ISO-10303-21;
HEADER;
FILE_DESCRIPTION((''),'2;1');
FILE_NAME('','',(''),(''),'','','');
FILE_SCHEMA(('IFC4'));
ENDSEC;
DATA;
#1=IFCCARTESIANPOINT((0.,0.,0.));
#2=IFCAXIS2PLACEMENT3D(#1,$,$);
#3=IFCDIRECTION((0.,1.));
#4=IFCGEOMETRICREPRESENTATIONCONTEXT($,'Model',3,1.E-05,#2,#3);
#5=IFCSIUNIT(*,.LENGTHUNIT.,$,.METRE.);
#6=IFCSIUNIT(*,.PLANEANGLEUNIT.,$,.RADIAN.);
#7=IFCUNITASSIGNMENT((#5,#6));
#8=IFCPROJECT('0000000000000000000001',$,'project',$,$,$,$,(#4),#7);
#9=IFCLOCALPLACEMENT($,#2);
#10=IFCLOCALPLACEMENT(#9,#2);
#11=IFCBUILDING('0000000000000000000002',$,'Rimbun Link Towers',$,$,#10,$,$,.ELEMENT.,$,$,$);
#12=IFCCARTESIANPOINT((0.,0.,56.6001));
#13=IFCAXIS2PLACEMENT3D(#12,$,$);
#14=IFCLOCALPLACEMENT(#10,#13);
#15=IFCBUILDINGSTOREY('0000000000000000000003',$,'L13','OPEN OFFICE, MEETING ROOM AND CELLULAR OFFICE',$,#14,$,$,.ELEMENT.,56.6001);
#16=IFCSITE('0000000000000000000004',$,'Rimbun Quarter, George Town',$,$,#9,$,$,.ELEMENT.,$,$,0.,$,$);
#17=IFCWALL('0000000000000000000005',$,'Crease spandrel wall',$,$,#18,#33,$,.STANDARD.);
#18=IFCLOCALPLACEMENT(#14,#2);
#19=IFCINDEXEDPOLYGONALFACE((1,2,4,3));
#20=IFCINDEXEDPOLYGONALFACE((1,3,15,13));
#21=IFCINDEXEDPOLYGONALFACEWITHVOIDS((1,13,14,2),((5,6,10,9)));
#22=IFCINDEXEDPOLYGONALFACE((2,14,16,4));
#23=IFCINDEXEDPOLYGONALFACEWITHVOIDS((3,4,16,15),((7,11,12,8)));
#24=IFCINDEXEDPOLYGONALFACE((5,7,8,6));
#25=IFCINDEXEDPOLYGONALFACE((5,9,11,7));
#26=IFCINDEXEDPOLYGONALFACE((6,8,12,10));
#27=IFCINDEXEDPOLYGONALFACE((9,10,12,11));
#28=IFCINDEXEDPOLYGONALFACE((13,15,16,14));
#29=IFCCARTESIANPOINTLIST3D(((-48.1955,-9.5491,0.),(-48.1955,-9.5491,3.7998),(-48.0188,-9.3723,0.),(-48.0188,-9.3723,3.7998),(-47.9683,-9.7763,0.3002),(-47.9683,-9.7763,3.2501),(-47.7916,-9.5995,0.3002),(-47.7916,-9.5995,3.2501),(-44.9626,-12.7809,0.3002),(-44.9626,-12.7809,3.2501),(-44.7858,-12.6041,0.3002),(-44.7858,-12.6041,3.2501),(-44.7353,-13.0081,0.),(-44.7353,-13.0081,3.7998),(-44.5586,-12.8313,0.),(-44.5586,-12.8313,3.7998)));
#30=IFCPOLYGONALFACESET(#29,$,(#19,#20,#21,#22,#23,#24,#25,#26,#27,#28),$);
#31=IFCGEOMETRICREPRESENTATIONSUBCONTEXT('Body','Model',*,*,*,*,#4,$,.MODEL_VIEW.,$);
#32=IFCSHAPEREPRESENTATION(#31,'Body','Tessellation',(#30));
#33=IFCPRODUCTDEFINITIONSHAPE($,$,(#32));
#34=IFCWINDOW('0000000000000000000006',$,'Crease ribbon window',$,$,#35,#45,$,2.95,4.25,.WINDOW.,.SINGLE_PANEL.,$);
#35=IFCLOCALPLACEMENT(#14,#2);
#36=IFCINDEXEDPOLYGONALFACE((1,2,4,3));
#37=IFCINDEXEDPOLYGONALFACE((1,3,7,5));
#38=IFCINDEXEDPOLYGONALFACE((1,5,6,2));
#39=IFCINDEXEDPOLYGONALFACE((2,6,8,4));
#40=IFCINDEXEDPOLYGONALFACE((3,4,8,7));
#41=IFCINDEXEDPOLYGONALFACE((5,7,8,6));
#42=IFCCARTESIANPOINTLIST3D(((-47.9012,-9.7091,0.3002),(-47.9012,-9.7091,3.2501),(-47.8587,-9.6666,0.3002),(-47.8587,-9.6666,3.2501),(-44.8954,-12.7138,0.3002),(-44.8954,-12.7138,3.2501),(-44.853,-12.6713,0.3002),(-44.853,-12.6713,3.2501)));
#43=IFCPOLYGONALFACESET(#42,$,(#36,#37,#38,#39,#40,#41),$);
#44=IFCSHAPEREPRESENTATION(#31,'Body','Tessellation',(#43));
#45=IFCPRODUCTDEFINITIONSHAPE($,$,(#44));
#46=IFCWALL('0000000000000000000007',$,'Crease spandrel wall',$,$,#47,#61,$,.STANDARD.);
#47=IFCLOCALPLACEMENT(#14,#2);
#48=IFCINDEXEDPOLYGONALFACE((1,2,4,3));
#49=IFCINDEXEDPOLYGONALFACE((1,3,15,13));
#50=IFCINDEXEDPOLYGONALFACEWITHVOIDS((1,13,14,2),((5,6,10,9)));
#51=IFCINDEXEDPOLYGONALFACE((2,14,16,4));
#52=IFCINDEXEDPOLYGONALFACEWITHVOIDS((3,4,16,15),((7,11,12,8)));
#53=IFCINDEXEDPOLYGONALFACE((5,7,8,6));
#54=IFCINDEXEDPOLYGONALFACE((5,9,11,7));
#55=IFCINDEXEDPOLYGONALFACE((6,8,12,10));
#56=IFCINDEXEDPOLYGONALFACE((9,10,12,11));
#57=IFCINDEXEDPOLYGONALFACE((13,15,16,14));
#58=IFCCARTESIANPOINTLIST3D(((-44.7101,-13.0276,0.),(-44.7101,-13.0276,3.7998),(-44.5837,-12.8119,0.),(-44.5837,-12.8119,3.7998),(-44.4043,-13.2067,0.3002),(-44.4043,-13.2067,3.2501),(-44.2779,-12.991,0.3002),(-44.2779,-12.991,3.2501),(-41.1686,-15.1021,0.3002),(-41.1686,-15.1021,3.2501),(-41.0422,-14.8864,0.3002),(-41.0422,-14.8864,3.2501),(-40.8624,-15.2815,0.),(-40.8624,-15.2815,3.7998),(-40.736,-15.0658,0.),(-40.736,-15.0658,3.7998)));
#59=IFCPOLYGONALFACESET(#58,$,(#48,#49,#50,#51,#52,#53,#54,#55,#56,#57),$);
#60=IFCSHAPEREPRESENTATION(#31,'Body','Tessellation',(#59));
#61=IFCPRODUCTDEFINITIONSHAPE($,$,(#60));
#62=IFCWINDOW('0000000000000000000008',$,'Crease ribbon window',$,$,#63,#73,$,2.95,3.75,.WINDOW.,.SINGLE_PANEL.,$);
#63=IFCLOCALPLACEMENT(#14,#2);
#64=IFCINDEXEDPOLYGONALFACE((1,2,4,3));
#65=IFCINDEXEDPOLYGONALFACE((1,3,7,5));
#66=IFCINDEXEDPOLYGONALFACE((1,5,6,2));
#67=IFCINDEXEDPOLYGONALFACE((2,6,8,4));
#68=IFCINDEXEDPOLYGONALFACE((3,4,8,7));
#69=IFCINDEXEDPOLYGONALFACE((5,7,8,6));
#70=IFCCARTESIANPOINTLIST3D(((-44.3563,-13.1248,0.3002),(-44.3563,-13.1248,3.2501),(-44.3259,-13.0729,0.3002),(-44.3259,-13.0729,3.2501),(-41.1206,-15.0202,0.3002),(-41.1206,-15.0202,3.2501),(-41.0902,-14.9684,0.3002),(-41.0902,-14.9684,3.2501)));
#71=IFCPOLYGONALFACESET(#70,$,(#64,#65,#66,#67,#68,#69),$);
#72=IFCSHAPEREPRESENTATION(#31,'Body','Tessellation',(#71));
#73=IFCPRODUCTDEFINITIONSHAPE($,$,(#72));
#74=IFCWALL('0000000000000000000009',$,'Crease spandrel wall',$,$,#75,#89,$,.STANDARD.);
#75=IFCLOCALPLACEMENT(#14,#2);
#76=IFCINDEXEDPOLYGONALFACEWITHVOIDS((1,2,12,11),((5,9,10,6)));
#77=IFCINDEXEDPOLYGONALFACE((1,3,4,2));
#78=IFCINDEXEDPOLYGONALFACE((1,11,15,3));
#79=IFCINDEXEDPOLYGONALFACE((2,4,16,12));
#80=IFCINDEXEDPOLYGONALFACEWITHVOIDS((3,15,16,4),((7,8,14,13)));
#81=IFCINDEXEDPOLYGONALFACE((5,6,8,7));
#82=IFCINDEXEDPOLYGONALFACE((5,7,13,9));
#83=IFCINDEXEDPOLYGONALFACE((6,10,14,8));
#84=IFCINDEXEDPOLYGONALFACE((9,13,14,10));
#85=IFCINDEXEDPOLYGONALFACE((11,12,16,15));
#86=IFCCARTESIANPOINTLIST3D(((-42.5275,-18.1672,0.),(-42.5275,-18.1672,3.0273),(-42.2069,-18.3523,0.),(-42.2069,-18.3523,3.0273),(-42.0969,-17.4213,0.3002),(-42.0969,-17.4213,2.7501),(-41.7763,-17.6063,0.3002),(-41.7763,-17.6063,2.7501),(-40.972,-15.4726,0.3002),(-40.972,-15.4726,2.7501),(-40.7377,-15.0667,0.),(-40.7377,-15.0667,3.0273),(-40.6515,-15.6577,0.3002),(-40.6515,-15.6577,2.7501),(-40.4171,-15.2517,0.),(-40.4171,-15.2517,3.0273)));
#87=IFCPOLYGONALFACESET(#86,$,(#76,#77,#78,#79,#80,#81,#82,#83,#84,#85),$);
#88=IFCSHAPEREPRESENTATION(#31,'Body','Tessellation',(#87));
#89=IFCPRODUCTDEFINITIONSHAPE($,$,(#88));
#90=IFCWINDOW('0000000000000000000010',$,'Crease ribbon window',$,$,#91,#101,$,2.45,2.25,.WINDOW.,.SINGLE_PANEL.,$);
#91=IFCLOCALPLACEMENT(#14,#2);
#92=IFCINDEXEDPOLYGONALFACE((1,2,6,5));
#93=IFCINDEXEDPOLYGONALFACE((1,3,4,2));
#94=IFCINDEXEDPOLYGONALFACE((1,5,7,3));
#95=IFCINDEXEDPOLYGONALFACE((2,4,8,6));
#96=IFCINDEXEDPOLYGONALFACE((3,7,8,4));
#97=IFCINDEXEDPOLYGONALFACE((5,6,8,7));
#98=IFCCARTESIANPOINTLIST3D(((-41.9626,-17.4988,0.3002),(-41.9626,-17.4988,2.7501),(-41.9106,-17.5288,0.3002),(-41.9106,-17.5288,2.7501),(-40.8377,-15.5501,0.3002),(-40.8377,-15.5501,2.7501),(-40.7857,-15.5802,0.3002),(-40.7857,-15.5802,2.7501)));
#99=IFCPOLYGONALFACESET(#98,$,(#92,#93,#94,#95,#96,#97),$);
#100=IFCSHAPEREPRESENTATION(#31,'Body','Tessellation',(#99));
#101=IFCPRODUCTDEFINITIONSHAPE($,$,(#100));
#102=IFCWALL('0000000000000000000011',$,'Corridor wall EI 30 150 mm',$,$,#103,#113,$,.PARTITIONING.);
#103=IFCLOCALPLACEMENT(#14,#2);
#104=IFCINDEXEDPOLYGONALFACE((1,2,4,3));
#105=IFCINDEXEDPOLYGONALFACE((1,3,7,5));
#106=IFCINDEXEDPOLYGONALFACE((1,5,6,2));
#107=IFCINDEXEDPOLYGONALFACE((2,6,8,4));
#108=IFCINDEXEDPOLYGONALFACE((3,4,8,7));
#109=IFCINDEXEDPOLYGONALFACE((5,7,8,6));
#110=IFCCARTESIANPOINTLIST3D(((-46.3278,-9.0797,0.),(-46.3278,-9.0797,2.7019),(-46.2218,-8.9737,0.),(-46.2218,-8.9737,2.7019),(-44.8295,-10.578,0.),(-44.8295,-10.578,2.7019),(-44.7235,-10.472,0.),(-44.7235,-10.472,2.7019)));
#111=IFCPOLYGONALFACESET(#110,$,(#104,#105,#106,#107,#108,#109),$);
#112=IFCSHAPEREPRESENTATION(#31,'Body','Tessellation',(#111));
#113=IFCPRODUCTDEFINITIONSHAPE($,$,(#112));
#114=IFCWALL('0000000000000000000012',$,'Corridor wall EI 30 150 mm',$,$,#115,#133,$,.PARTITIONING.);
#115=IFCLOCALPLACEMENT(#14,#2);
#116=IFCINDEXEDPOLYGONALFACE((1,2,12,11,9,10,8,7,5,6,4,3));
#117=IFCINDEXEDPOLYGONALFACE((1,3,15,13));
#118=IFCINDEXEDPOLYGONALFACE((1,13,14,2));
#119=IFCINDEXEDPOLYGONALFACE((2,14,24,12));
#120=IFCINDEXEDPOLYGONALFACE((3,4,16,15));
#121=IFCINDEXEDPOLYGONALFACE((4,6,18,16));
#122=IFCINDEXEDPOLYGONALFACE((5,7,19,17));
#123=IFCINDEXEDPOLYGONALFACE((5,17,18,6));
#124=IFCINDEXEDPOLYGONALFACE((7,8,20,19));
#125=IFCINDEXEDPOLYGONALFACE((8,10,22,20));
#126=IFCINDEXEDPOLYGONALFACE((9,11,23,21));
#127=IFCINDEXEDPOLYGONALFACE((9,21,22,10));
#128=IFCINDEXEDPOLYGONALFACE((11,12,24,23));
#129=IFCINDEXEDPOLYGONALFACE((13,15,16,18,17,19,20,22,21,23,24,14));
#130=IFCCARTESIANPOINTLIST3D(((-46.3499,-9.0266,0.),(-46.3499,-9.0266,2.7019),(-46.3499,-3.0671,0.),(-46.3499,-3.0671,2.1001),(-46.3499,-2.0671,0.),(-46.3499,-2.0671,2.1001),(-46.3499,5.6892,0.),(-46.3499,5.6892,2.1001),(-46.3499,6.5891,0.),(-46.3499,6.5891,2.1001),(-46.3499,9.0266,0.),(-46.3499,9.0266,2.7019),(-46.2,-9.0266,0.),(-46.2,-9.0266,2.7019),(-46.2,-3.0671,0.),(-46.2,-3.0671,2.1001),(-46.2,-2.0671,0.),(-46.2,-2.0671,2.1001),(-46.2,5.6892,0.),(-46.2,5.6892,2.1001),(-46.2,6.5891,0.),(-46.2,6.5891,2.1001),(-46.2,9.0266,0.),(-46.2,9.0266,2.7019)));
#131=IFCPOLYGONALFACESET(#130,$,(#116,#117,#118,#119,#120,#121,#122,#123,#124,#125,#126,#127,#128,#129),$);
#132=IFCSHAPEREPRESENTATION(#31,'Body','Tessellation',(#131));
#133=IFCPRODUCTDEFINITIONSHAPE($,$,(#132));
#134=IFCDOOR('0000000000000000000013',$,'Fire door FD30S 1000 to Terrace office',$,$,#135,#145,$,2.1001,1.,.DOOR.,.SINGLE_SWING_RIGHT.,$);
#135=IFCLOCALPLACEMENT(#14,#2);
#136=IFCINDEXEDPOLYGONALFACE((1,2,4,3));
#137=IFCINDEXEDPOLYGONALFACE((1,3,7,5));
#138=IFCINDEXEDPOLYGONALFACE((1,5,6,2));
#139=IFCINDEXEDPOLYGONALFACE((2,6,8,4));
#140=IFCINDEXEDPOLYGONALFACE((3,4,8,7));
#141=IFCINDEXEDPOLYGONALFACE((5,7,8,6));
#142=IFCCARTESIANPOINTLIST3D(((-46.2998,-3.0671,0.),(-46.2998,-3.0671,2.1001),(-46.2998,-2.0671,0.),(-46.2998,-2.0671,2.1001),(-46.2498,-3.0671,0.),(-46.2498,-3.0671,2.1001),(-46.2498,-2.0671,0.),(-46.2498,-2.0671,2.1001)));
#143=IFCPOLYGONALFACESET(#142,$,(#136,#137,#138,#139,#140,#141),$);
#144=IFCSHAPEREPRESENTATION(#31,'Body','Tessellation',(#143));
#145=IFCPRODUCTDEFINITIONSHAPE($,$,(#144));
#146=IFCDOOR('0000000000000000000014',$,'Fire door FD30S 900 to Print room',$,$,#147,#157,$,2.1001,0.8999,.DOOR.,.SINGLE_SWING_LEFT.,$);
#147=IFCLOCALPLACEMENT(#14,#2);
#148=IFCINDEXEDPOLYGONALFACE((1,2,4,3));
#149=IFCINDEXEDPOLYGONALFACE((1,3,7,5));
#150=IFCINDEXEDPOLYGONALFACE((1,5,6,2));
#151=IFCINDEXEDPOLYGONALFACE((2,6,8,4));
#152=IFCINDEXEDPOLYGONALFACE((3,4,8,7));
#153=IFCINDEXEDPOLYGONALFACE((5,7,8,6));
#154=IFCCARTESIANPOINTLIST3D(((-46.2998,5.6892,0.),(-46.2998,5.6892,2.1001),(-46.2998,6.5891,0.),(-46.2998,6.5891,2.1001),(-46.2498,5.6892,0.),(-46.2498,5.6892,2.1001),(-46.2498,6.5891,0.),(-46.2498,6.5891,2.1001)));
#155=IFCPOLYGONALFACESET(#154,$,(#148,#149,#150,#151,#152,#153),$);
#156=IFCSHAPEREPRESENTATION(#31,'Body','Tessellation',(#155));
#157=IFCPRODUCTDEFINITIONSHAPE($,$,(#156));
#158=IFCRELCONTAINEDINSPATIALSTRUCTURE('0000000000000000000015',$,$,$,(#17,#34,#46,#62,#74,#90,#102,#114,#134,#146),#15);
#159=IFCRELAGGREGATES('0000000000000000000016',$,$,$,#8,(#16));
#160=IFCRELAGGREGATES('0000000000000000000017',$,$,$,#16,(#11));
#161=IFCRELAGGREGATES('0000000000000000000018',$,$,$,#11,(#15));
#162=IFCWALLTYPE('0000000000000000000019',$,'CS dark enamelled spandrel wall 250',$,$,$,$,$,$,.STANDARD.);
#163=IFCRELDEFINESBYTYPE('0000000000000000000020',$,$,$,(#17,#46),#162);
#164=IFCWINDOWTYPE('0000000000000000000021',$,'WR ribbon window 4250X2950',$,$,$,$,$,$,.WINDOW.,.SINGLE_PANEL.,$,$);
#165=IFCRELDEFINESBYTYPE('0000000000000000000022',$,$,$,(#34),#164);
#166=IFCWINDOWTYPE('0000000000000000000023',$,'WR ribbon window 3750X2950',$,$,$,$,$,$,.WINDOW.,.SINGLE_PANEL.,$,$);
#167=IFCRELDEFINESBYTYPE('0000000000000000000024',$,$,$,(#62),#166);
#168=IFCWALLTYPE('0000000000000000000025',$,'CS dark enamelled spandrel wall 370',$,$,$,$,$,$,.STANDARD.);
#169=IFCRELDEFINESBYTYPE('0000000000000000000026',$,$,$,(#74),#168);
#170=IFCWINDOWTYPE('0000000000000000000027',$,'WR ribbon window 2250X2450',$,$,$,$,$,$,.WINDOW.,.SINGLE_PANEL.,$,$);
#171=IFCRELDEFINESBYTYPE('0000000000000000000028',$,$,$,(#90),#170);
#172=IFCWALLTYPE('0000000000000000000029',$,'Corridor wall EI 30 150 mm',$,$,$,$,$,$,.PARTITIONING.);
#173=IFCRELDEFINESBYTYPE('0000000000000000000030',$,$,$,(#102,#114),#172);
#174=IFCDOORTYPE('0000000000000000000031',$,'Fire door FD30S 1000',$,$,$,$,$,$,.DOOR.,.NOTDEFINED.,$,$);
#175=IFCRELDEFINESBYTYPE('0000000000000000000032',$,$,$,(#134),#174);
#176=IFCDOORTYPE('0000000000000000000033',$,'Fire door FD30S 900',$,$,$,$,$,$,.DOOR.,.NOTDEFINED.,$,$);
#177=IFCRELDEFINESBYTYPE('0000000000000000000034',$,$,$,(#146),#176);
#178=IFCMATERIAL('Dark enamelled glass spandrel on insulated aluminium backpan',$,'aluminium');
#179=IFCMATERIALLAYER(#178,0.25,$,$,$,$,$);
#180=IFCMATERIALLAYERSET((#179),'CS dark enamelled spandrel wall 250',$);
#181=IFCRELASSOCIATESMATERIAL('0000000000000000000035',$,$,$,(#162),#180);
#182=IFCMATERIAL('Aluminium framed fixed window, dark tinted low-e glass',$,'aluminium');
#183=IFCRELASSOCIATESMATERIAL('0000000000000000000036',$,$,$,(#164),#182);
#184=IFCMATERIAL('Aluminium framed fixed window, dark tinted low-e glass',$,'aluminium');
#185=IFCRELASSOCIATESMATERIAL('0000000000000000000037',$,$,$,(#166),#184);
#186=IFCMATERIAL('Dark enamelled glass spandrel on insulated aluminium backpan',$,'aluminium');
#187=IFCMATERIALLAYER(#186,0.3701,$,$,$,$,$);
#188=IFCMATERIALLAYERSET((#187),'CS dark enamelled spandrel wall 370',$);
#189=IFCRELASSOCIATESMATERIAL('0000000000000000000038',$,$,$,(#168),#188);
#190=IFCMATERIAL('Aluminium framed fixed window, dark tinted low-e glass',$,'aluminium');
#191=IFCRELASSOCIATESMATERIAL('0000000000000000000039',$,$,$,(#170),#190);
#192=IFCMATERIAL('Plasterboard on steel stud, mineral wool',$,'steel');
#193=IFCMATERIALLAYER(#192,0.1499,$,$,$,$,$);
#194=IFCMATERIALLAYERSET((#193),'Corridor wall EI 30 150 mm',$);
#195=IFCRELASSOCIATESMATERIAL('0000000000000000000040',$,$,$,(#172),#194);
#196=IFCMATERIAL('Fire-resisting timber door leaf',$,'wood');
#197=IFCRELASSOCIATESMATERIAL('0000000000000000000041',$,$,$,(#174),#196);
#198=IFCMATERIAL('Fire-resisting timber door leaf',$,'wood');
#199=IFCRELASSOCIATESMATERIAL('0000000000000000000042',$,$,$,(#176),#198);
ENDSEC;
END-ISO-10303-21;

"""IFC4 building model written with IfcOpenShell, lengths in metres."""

from ifc_helpers import new_model, si_unit, direction, frame, frame_2d, origin, place, context, subcontext, project, spatial, rectangle, extrude, material, layer, layer_set, type_object, element, fill, save


model = new_model("IFC4")

# Units and contexts
model_context = context("Model", 3, precision=1e-05, world=origin(), true_north=direction((0.0, 1.0)))
body_context = subcontext(model_context, "Body", "Model", "MODEL_VIEW")
ifc_project = project(units=[si_unit("LENGTHUNIT", "METRE"), si_unit("PLANEANGLEUNIT", "RADIAN")], contexts=[model_context])

# Site, building, storey
site_placement = place(None, origin())
site = spatial("IfcSite", under=ifc_project, at=site_placement, Name="Rimbun Quarter, George Town", CompositionType="ELEMENT", RefElevation=0.0)
building_placement = place(site_placement, origin())
building = spatial("IfcBuilding", under=site, at=building_placement, Name="Rimbun Link Towers", CompositionType="ELEMENT")
storey_placement = place(building_placement, frame((0.0, 0.0, 56.6001)))
storey = spatial("IfcBuildingStorey", under=building, at=storey_placement, Name="L13", Description="OPEN OFFICE, MEETING ROOM AND CELLULAR OFFICE", CompositionType="ELEMENT", Elevation=56.6001)

# Walls, openings, windows
ifc_material_1 = material(Name="Dark enamelled glass spandrel on insulated aluminium backpan", Category="aluminium")
ifc_layer_1 = layer(ifc_material_1, 0.25)
ifc_layer_set_1 = layer_set([ifc_layer_1], Name="CS dark enamelled spandrel wall 250")
wall_type_1 = type_object("IfcWallType", Name="CS dark enamelled spandrel wall 250", PredefinedType="STANDARD", material=ifc_layer_set_1)
ifc_material_2 = material(Name="Aluminium framed fixed window, dark tinted low-e glass", Category="aluminium")
window_type_1 = type_object("IfcWindowType", Name="WR ribbon window 4250X2950", PartitioningType="SINGLE_PANEL", PredefinedType="WINDOW", material=ifc_material_2)
wall_1_placement = place(storey_placement, frame((-44.647, -12.9197, 0.0), z_axis=(0.0, 0.0, 1.0), x_axis=(-0.707232, 0.706982, 0.0)))
wall_1 = element("IfcWall", 1, at=wall_1_placement, inside=storey, type_object=wall_type_1, Name="Crease spandrel wall", PredefinedType="STANDARD", context=body_context, shape_type="SweptSolid", body=[
    extrude(rectangle(XDim=4.8926, YDim=0.25, at=frame_2d((2.4463, 0.0))), origin(), (0.0, 0.0, 1.0), 3.7998),
])
opening_1_placement = place(wall_1_placement, frame((0.3213, 0.0, 0.3)))
opening_1 = element("IfcOpeningElement", 2, at=opening_1_placement, cuts=wall_1, PredefinedType="OPENING", context=body_context, shape_type="SweptSolid", body=[
    extrude(rectangle(XDim=4.25, YDim=2.95, at=frame_2d((2.125, 1.4751))), frame((0.0, 0.135, 0.0), z_axis=(0.0, -1.0, 0.0), x_axis=(1.0, 0.0, 0.0)), (0.0, 0.0, 1.0), 0.27),
])
window_1_placement = place(opening_1_placement, origin())
window_1 = element("IfcWindow", 3, at=window_1_placement, inside=storey, type_object=window_type_1, Name="Crease ribbon window", OverallHeight=2.95, OverallWidth=4.25, PartitioningType="SINGLE_PANEL", PredefinedType="WINDOW", context=body_context, shape_type="SweptSolid", body=[
    extrude(rectangle(XDim=4.25, YDim=2.95, at=frame_2d((2.125, 1.4751))), frame((0.0, 0.03, 0.0), z_axis=(0.0, -1.0, 0.0), x_axis=(1.0, 0.0, 0.0)), (0.0, 0.0, 1.0), 0.0601),
])
fill(opening_1, window_1)
wall_2_placement = place(storey_placement, frame((-40.7993, -15.1736, 0.0), z_axis=(0.0, 0.0, 1.0), x_axis=(-0.862856, 0.50545, 0.0)))
wall_2 = element("IfcWall", 4, at=wall_2_placement, inside=storey, type_object=wall_type_1, Name="Crease spandrel wall", PredefinedType="STANDARD", context=body_context, shape_type="SweptSolid", body=[
    extrude(rectangle(XDim=4.4592, YDim=0.25, at=frame_2d((2.2295, 0.0))), origin(), (0.0, 0.0, 1.0), 3.7998),
])
opening_2_placement = place(wall_2_placement, frame((0.3547, 0.0, 0.3)))
opening_2 = element("IfcOpeningElement", 5, at=opening_2_placement, cuts=wall_2, PredefinedType="OPENING", context=body_context, shape_type="SweptSolid", body=[
    extrude(rectangle(XDim=3.75, YDim=2.95, at=frame_2d((1.875, 1.4751))), frame((0.0, 0.135, 0.0), z_axis=(0.0, -1.0, 0.0), x_axis=(1.0, 0.0, 0.0)), (0.0, 0.0, 1.0), 0.27),
])
ifc_material_3 = material(Name="Aluminium framed fixed window, dark tinted low-e glass", Category="aluminium")
window_type_2 = type_object("IfcWindowType", Name="WR ribbon window 3750X2950", PartitioningType="SINGLE_PANEL", PredefinedType="WINDOW", material=ifc_material_3)
window_2_placement = place(opening_2_placement, origin())
window_2 = element("IfcWindow", 6, at=window_2_placement, inside=storey, type_object=window_type_2, Name="Crease ribbon window", OverallHeight=2.95, OverallWidth=3.75, PartitioningType="SINGLE_PANEL", PredefinedType="WINDOW", context=body_context, shape_type="SweptSolid", body=[
    extrude(rectangle(XDim=3.75, YDim=2.95, at=frame_2d((1.875, 1.4751))), frame((0.0, 0.03, 0.0), z_axis=(0.0, -1.0, 0.0), x_axis=(1.0, 0.0, 0.0)), (0.0, 0.0, 1.0), 0.0601),
])
fill(opening_2, window_2)
ifc_material_4 = material(Name="Dark enamelled glass spandrel on insulated aluminium backpan", Category="aluminium")
ifc_layer_2 = layer(ifc_material_4, 0.3701)
ifc_layer_set_2 = layer_set([ifc_layer_2], Name="CS dark enamelled spandrel wall 370")
wall_type_2 = type_object("IfcWallType", Name="CS dark enamelled spandrel wall 370", PredefinedType="STANDARD", material=ifc_layer_set_2)
wall_3_placement = place(storey_placement, frame((-42.3672, -18.2598, 0.0), z_axis=(0.0, 0.0, 1.0), x_axis=(0.499931, 0.866065, 0.0)))
wall_3 = element("IfcWall", 7, at=wall_3_placement, inside=storey, type_object=wall_type_2, Name="Crease spandrel wall", PredefinedType="STANDARD", context=body_context, shape_type="SweptSolid", body=[
    extrude(rectangle(XDim=3.5801, YDim=0.3701, at=frame_2d((1.79, 0.0))), origin(), (0.0, 0.0, 1.0), 3.0273),
])
opening_3_placement = place(wall_3_placement, frame((0.8613, 0.0, 0.3)))
opening_3 = element("IfcOpeningElement", 8, at=opening_3_placement, cuts=wall_3, PredefinedType="OPENING", context=body_context, shape_type="SweptSolid", body=[
    extrude(rectangle(XDim=2.25, YDim=2.45, at=frame_2d((1.125, 1.2251))), frame((0.0, 0.1951, 0.0), z_axis=(0.0, -1.0, 0.0), x_axis=(1.0, 0.0, 0.0)), (0.0, 0.0, 1.0), 0.3901),
])
ifc_material_5 = material(Name="Aluminium framed fixed window, dark tinted low-e glass", Category="aluminium")
window_type_3 = type_object("IfcWindowType", Name="WR ribbon window 2250X2450", PartitioningType="SINGLE_PANEL", PredefinedType="WINDOW", material=ifc_material_5)
window_3_placement = place(opening_3_placement, origin())
window_3 = element("IfcWindow", 9, at=window_3_placement, inside=storey, type_object=window_type_3, Name="Crease ribbon window", OverallHeight=2.45, OverallWidth=2.25, PartitioningType="SINGLE_PANEL", PredefinedType="WINDOW", context=body_context, shape_type="SweptSolid", body=[
    extrude(rectangle(XDim=2.25, YDim=2.45, at=frame_2d((1.125, 1.2251))), frame((0.0, 0.03, 0.0), z_axis=(0.0, -1.0, 0.0), x_axis=(1.0, 0.0, 0.0)), (0.0, 0.0, 1.0), 0.0601),
])
fill(opening_3, window_3)

# Wall
ifc_material_6 = material(Name="Plasterboard on steel stud, mineral wool", Category="steel")
ifc_layer_3 = layer(ifc_material_6, 0.1499)
ifc_layer_set_3 = layer_set([ifc_layer_3], Name="Corridor wall EI 30 150 mm")
wall_type_3 = type_object("IfcWallType", Name="Corridor wall EI 30 150 mm", PredefinedType="PARTITIONING", material=ifc_layer_set_3)
wall_4_placement = place(storey_placement, frame((-46.2749, -9.0266, 0.0), z_axis=(0.0, 0.0, 1.0), x_axis=(0.707107, -0.707107, 0.0)))
element("IfcWall", 10, at=wall_4_placement, inside=storey, type_object=wall_type_3, Name="Corridor wall EI 30 150 mm", PredefinedType="PARTITIONING", context=body_context, shape_type="SweptSolid", body=[
    extrude(rectangle(XDim=2.1189, YDim=0.1499, at=frame_2d((1.0596, 0.0))), origin(), (0.0, 0.0, 1.0), 2.7019),
])

# Wall, openings, doors
wall_5_placement = place(storey_placement, frame((-46.2749, -9.0266, 0.0), z_axis=(0.0, 0.0, 1.0), x_axis=(0.0, 1.0, 0.0)))
wall_5 = element("IfcWall", 11, at=wall_5_placement, inside=storey, type_object=wall_type_3, Name="Corridor wall EI 30 150 mm", PredefinedType="PARTITIONING", context=body_context, shape_type="SweptSolid", body=[
    extrude(rectangle(XDim=18.0532, YDim=0.1499, at=frame_2d((9.0266, 0.0))), origin(), (0.0, 0.0, 1.0), 2.7019),
])
opening_4_placement = place(wall_5_placement, frame((14.7158, 0.0, 0.0)))
opening_4 = element("IfcOpeningElement", 12, at=opening_4_placement, cuts=wall_5, PredefinedType="OPENING", context=body_context, shape_type="SweptSolid", body=[
    extrude(rectangle(XDim=0.8999, YDim=2.1001, at=frame_2d((0.45, 1.05))), frame((0.0, 0.085, 0.0), z_axis=(0.0, -1.0, 0.0), x_axis=(1.0, 0.0, 0.0)), (0.0, 0.0, 1.0), 0.1699),
])
opening_5_placement = place(wall_5_placement, frame((5.9595, 0.0, 0.0)))
opening_5 = element("IfcOpeningElement", 13, at=opening_5_placement, cuts=wall_5, PredefinedType="OPENING", context=body_context, shape_type="SweptSolid", body=[
    extrude(rectangle(XDim=1.0, YDim=2.1001, at=frame_2d((0.5, 1.05))), frame((0.0, 0.085, 0.0), z_axis=(0.0, -1.0, 0.0), x_axis=(1.0, 0.0, 0.0)), (0.0, 0.0, 1.0), 0.1699),
])
ifc_material_7 = material(Name="Fire-resisting timber door leaf", Category="wood")
door_type_1 = type_object("IfcDoorType", Name="Fire door FD30S 1000", OperationType="NOTDEFINED", PredefinedType="DOOR", material=ifc_material_7)
door_1_placement = place(opening_5_placement, origin())
door_1 = element("IfcDoor", 14, at=door_1_placement, inside=storey, type_object=door_type_1, Name="Fire door FD30S 1000 to Terrace office", OperationType="SINGLE_SWING_RIGHT", OverallHeight=2.1001, OverallWidth=1.0, PredefinedType="DOOR", context=body_context, shape_type="SweptSolid", body=[
    extrude(rectangle(XDim=1.0, YDim=2.1001, at=frame_2d((0.5, 1.05))), frame((0.0, 0.0249, 0.0), z_axis=(0.0, -1.0, 0.0), x_axis=(1.0, 0.0, 0.0)), (0.0, 0.0, 1.0), 0.05),
])
fill(opening_5, door_1)
ifc_material_8 = material(Name="Fire-resisting timber door leaf", Category="wood")
door_type_2 = type_object("IfcDoorType", Name="Fire door FD30S 900", OperationType="NOTDEFINED", PredefinedType="DOOR", material=ifc_material_8)
door_2_placement = place(opening_4_placement, origin())
door_2 = element("IfcDoor", 15, at=door_2_placement, inside=storey, type_object=door_type_2, Name="Fire door FD30S 900 to Print room", OperationType="SINGLE_SWING_LEFT", OverallHeight=2.1001, OverallWidth=0.8999, PredefinedType="DOOR", context=body_context, shape_type="SweptSolid", body=[
    extrude(rectangle(XDim=0.8999, YDim=2.1001, at=frame_2d((0.45, 1.05))), frame((0.0, 0.0249, 0.0), z_axis=(0.0, -1.0, 0.0), x_axis=(1.0, 0.0, 0.0)), (0.0, 0.0, 1.0), 0.05),
])
fill(opening_4, door_2)

save(model, "model.ifc")
